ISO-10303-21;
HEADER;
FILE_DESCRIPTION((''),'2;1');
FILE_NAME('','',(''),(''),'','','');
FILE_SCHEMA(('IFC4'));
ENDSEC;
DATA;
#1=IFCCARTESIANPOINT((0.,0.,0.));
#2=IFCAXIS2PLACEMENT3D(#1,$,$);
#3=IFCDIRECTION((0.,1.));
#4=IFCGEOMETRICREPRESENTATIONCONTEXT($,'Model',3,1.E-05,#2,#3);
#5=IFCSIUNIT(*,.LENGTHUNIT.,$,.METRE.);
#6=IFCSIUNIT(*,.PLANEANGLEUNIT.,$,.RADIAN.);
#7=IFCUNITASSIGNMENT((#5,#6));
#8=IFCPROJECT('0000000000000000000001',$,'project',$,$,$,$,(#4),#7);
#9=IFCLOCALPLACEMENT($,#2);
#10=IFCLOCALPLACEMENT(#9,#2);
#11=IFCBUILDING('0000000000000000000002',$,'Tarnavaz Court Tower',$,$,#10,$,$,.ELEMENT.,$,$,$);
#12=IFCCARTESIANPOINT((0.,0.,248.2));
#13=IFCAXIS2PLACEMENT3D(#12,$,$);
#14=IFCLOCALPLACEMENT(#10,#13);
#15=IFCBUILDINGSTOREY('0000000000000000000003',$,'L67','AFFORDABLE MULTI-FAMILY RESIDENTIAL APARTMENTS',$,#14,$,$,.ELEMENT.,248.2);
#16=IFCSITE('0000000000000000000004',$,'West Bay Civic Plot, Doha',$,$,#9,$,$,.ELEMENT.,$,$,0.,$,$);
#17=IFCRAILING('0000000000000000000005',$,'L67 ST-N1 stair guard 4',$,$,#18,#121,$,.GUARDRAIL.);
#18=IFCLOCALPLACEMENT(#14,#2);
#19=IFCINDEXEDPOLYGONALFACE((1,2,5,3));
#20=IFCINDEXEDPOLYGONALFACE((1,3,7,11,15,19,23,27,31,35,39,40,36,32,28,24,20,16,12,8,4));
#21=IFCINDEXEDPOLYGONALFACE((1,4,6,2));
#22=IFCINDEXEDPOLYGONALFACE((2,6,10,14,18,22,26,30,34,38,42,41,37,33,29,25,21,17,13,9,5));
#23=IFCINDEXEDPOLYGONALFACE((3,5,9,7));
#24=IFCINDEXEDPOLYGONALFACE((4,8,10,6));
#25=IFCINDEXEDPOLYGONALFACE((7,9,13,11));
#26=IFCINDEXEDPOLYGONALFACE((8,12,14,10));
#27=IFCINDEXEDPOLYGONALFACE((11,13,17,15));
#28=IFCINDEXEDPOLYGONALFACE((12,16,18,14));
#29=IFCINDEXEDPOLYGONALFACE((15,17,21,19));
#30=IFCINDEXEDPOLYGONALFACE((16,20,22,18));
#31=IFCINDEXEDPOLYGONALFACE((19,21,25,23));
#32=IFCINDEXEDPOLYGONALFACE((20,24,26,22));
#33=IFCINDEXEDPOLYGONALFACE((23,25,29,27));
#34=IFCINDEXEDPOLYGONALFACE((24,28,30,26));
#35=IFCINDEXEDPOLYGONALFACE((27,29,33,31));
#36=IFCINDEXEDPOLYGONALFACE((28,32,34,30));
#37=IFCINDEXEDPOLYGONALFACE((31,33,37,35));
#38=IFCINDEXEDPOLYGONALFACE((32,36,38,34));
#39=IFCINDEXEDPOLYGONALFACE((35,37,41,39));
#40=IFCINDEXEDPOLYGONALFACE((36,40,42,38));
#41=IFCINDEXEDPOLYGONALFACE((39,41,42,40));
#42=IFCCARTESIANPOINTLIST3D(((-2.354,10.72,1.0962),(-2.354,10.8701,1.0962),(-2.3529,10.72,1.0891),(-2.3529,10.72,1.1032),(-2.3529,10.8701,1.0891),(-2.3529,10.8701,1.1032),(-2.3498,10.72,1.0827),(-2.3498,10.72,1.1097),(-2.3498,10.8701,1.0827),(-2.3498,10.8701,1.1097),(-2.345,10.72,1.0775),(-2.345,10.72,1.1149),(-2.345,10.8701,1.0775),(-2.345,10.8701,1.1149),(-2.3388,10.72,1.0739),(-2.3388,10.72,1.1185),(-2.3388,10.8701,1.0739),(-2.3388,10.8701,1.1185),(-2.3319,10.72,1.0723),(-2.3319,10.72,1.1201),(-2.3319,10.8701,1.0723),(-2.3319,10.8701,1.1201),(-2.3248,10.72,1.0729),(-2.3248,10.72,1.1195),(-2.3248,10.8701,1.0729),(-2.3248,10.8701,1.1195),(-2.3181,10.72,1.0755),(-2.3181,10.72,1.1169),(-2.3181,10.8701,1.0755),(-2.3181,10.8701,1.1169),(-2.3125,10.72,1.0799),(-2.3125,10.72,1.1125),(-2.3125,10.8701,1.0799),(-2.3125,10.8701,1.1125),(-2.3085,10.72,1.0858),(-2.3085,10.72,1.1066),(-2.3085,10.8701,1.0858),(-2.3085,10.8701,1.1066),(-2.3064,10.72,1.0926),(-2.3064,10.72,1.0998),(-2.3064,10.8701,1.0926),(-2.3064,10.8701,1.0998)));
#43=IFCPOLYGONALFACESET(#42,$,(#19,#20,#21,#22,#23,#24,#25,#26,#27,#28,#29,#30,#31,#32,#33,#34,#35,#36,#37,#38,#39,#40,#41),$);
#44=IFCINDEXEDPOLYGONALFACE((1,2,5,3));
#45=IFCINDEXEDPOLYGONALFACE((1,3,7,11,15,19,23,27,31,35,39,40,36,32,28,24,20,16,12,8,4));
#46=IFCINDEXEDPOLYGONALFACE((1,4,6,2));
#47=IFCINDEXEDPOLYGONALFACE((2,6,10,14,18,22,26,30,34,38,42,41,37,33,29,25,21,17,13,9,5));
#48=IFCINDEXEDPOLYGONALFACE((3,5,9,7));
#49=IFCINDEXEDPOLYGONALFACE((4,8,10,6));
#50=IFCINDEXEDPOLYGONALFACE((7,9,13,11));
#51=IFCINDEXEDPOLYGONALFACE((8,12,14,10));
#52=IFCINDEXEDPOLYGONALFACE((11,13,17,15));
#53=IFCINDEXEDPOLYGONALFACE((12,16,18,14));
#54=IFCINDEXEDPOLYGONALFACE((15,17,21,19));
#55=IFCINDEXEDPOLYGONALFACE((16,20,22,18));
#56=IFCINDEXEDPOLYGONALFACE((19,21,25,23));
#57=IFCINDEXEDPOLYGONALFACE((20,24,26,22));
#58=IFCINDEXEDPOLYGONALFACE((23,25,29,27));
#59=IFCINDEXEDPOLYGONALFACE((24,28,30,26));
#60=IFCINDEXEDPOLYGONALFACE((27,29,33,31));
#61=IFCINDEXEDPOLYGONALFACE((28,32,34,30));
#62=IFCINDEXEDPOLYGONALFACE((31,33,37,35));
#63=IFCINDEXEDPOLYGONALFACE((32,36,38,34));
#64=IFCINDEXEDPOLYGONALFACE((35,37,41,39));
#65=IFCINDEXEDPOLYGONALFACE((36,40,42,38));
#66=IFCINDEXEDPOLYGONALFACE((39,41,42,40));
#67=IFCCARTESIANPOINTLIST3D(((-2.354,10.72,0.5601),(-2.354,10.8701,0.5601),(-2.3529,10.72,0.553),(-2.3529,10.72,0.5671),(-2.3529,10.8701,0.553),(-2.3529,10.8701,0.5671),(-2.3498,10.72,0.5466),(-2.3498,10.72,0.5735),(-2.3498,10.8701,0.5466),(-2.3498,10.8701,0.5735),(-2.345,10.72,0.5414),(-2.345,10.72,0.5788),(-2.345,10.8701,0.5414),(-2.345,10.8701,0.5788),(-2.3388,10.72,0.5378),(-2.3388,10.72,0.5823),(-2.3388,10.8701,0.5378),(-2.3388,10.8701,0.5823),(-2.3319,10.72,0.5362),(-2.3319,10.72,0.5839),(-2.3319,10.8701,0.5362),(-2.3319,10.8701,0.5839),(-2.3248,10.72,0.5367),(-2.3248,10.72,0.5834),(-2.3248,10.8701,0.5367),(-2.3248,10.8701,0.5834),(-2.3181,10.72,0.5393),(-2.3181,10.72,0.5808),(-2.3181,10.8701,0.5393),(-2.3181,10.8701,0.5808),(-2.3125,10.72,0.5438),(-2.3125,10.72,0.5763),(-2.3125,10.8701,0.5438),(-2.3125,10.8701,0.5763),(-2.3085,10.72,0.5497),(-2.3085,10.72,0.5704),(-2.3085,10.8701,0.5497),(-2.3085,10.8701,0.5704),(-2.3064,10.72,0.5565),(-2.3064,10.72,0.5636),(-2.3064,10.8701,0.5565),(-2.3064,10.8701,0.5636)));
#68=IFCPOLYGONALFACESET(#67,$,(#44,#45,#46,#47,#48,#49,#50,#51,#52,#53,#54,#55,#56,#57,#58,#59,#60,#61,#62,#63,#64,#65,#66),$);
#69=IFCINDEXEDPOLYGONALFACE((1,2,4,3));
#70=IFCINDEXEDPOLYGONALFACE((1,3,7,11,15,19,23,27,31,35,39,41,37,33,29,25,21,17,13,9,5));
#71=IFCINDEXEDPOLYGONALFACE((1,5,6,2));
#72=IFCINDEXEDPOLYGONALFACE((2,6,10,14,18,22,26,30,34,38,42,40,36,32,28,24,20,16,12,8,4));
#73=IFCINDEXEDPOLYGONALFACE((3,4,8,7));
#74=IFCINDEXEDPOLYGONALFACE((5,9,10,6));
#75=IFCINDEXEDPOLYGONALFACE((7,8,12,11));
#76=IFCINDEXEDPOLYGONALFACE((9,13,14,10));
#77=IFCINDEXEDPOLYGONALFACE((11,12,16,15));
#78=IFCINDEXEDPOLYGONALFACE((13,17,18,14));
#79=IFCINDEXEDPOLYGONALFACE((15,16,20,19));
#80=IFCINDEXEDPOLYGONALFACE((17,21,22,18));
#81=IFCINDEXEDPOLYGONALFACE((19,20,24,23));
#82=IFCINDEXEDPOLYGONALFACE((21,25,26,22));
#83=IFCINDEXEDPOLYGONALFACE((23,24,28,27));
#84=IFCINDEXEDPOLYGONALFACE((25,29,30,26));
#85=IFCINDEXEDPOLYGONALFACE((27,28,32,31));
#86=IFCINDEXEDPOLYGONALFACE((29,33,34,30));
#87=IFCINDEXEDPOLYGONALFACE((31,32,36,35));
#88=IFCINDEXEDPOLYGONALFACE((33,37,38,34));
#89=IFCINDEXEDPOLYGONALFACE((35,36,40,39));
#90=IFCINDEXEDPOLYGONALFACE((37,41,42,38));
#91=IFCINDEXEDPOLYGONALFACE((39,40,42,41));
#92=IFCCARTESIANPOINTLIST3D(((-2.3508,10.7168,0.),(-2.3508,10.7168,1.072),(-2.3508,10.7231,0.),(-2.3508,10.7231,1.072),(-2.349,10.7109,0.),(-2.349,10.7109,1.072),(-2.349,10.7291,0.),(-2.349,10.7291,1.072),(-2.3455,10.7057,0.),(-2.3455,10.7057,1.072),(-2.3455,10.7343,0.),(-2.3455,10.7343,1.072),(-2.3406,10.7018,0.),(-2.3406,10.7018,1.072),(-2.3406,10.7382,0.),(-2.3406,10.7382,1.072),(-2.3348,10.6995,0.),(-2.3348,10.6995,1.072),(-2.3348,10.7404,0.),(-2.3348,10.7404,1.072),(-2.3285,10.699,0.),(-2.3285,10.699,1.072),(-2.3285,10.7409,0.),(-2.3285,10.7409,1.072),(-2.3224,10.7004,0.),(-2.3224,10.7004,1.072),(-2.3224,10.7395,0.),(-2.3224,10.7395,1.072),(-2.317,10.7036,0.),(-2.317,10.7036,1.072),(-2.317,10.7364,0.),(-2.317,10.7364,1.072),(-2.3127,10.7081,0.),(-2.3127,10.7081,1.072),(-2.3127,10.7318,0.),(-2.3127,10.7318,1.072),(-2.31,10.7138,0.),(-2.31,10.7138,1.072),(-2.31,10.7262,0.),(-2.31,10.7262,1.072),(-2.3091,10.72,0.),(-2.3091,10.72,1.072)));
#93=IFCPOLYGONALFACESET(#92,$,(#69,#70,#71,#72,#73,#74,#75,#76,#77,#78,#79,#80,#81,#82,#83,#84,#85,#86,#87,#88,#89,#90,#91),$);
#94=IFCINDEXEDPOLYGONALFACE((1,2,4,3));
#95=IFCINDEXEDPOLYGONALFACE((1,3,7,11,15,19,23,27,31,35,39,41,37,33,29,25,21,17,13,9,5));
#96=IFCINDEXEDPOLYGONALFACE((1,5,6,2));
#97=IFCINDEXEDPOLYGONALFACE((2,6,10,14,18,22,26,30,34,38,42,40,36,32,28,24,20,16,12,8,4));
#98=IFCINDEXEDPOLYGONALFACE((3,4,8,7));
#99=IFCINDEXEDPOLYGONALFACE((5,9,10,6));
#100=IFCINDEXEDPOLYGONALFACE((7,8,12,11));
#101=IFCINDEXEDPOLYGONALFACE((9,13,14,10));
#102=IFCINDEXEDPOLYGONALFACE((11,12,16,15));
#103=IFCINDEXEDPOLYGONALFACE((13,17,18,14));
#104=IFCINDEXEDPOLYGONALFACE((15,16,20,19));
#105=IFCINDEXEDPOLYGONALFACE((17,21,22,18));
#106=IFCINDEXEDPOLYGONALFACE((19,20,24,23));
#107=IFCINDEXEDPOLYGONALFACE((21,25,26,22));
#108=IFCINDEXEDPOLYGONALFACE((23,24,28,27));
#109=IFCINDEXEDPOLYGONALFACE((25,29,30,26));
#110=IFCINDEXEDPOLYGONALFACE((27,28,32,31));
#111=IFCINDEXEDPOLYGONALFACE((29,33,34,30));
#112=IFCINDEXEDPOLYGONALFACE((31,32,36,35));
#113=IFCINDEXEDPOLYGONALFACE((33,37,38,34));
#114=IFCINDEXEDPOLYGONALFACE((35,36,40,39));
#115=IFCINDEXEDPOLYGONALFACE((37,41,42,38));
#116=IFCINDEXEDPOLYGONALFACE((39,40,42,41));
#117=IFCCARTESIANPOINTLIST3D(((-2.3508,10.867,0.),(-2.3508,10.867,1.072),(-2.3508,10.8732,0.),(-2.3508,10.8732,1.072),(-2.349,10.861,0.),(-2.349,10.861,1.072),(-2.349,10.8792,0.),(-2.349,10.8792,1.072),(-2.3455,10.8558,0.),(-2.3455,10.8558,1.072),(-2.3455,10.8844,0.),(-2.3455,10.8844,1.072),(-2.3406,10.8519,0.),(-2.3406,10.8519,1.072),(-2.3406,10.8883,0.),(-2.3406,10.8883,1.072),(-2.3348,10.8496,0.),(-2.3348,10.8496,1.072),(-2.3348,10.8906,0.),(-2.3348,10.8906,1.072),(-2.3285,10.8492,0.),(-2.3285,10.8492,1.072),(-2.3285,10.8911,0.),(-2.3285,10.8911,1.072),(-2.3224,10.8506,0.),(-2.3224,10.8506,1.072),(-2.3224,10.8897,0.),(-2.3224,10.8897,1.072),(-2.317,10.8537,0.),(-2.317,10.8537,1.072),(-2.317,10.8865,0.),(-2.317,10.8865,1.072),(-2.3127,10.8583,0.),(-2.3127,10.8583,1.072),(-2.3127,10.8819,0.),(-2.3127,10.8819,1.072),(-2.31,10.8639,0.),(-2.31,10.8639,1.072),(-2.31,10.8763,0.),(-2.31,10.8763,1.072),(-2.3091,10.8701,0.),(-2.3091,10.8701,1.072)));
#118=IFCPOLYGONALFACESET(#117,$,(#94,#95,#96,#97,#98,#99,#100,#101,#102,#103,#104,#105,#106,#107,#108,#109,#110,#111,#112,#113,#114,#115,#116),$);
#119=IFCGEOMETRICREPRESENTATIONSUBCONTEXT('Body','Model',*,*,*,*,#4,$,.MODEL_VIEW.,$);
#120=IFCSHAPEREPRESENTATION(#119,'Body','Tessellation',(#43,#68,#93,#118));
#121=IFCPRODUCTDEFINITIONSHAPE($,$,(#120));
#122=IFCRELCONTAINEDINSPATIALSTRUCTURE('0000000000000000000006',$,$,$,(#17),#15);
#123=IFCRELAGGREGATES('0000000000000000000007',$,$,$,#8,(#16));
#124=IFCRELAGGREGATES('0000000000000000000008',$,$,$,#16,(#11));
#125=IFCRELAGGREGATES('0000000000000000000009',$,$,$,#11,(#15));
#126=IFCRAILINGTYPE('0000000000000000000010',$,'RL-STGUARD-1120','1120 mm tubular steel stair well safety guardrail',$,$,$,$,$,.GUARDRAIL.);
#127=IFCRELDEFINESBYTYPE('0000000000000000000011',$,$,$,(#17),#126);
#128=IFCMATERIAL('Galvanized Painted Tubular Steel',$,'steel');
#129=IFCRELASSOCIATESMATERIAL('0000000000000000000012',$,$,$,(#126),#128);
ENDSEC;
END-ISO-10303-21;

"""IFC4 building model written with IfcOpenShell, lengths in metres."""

from ifc_helpers import new_model, si_unit, direction, frame, origin, origin_2d, place, context, subcontext, project, spatial, circle, extrude, material, type_object, element, save


model = new_model("IFC4")

# Units and contexts
model_context = context("Model", 3, precision=1e-05, world=origin(), true_north=direction((0.0, 1.0)))
body_context = subcontext(model_context, "Body", "Model", "MODEL_VIEW")
ifc_project = project(units=[si_unit("LENGTHUNIT", "METRE"), si_unit("PLANEANGLEUNIT", "RADIAN")], contexts=[model_context])

# Site, building, storey
site_placement = place(None, origin())
site = spatial("IfcSite", under=ifc_project, at=site_placement, Name="West Bay Civic Plot, Doha", CompositionType="ELEMENT", RefElevation=0.0)
building_placement = place(site_placement, origin())
building = spatial("IfcBuilding", under=site, at=building_placement, Name="Tarnavaz Court Tower", CompositionType="ELEMENT")
storey_placement = place(building_placement, frame((0.0, 0.0, 248.2)))
storey = spatial("IfcBuildingStorey", under=building, at=storey_placement, Name="L67", Description="AFFORDABLE MULTI-FAMILY RESIDENTIAL APARTMENTS", CompositionType="ELEMENT", Elevation=248.2)

# Railing
ifc_material_1 = material(Name="Galvanized Painted Tubular Steel", Category="steel")
railing_type_1 = type_object("IfcRailingType", Name="RL-STGUARD-1120", Description="1120 mm tubular steel stair well safety guardrail", PredefinedType="GUARDRAIL", material=ifc_material_1)
railing_1_placement = place(storey_placement, frame((-2.3301, 10.72, 0.0)))
element("IfcRailing", 1, at=railing_1_placement, inside=storey, type_object=railing_type_1, Name="L67 ST-N1 stair guard 4", PredefinedType="GUARDRAIL", context=body_context, shape_type="SweptSolid", body=[
    extrude(circle(Radius=0.0239, at=origin_2d()), frame((0.0, 0.0, 1.0962), z_axis=(0.0, 1.0, 0.0), x_axis=(-1.0, 0.0, 0.0)), (0.0, 0.0, 1.0), 0.1501),
    extrude(circle(Radius=0.0239, at=origin_2d()), frame((0.0, 0.0, 0.5601), z_axis=(0.0, 1.0, 0.0), x_axis=(-1.0, 0.0, 0.0)), (0.0, 0.0, 1.0), 0.1501),
    extrude(circle(Radius=0.021, at=origin_2d()), origin(), (0.0, 0.0, 1.0), 1.072),
    extrude(circle(Radius=0.021, at=origin_2d()), frame((0.0, 0.1501, 0.0)), (0.0, 0.0, 1.0), 1.072),
])

save(model, "model.ifc")
